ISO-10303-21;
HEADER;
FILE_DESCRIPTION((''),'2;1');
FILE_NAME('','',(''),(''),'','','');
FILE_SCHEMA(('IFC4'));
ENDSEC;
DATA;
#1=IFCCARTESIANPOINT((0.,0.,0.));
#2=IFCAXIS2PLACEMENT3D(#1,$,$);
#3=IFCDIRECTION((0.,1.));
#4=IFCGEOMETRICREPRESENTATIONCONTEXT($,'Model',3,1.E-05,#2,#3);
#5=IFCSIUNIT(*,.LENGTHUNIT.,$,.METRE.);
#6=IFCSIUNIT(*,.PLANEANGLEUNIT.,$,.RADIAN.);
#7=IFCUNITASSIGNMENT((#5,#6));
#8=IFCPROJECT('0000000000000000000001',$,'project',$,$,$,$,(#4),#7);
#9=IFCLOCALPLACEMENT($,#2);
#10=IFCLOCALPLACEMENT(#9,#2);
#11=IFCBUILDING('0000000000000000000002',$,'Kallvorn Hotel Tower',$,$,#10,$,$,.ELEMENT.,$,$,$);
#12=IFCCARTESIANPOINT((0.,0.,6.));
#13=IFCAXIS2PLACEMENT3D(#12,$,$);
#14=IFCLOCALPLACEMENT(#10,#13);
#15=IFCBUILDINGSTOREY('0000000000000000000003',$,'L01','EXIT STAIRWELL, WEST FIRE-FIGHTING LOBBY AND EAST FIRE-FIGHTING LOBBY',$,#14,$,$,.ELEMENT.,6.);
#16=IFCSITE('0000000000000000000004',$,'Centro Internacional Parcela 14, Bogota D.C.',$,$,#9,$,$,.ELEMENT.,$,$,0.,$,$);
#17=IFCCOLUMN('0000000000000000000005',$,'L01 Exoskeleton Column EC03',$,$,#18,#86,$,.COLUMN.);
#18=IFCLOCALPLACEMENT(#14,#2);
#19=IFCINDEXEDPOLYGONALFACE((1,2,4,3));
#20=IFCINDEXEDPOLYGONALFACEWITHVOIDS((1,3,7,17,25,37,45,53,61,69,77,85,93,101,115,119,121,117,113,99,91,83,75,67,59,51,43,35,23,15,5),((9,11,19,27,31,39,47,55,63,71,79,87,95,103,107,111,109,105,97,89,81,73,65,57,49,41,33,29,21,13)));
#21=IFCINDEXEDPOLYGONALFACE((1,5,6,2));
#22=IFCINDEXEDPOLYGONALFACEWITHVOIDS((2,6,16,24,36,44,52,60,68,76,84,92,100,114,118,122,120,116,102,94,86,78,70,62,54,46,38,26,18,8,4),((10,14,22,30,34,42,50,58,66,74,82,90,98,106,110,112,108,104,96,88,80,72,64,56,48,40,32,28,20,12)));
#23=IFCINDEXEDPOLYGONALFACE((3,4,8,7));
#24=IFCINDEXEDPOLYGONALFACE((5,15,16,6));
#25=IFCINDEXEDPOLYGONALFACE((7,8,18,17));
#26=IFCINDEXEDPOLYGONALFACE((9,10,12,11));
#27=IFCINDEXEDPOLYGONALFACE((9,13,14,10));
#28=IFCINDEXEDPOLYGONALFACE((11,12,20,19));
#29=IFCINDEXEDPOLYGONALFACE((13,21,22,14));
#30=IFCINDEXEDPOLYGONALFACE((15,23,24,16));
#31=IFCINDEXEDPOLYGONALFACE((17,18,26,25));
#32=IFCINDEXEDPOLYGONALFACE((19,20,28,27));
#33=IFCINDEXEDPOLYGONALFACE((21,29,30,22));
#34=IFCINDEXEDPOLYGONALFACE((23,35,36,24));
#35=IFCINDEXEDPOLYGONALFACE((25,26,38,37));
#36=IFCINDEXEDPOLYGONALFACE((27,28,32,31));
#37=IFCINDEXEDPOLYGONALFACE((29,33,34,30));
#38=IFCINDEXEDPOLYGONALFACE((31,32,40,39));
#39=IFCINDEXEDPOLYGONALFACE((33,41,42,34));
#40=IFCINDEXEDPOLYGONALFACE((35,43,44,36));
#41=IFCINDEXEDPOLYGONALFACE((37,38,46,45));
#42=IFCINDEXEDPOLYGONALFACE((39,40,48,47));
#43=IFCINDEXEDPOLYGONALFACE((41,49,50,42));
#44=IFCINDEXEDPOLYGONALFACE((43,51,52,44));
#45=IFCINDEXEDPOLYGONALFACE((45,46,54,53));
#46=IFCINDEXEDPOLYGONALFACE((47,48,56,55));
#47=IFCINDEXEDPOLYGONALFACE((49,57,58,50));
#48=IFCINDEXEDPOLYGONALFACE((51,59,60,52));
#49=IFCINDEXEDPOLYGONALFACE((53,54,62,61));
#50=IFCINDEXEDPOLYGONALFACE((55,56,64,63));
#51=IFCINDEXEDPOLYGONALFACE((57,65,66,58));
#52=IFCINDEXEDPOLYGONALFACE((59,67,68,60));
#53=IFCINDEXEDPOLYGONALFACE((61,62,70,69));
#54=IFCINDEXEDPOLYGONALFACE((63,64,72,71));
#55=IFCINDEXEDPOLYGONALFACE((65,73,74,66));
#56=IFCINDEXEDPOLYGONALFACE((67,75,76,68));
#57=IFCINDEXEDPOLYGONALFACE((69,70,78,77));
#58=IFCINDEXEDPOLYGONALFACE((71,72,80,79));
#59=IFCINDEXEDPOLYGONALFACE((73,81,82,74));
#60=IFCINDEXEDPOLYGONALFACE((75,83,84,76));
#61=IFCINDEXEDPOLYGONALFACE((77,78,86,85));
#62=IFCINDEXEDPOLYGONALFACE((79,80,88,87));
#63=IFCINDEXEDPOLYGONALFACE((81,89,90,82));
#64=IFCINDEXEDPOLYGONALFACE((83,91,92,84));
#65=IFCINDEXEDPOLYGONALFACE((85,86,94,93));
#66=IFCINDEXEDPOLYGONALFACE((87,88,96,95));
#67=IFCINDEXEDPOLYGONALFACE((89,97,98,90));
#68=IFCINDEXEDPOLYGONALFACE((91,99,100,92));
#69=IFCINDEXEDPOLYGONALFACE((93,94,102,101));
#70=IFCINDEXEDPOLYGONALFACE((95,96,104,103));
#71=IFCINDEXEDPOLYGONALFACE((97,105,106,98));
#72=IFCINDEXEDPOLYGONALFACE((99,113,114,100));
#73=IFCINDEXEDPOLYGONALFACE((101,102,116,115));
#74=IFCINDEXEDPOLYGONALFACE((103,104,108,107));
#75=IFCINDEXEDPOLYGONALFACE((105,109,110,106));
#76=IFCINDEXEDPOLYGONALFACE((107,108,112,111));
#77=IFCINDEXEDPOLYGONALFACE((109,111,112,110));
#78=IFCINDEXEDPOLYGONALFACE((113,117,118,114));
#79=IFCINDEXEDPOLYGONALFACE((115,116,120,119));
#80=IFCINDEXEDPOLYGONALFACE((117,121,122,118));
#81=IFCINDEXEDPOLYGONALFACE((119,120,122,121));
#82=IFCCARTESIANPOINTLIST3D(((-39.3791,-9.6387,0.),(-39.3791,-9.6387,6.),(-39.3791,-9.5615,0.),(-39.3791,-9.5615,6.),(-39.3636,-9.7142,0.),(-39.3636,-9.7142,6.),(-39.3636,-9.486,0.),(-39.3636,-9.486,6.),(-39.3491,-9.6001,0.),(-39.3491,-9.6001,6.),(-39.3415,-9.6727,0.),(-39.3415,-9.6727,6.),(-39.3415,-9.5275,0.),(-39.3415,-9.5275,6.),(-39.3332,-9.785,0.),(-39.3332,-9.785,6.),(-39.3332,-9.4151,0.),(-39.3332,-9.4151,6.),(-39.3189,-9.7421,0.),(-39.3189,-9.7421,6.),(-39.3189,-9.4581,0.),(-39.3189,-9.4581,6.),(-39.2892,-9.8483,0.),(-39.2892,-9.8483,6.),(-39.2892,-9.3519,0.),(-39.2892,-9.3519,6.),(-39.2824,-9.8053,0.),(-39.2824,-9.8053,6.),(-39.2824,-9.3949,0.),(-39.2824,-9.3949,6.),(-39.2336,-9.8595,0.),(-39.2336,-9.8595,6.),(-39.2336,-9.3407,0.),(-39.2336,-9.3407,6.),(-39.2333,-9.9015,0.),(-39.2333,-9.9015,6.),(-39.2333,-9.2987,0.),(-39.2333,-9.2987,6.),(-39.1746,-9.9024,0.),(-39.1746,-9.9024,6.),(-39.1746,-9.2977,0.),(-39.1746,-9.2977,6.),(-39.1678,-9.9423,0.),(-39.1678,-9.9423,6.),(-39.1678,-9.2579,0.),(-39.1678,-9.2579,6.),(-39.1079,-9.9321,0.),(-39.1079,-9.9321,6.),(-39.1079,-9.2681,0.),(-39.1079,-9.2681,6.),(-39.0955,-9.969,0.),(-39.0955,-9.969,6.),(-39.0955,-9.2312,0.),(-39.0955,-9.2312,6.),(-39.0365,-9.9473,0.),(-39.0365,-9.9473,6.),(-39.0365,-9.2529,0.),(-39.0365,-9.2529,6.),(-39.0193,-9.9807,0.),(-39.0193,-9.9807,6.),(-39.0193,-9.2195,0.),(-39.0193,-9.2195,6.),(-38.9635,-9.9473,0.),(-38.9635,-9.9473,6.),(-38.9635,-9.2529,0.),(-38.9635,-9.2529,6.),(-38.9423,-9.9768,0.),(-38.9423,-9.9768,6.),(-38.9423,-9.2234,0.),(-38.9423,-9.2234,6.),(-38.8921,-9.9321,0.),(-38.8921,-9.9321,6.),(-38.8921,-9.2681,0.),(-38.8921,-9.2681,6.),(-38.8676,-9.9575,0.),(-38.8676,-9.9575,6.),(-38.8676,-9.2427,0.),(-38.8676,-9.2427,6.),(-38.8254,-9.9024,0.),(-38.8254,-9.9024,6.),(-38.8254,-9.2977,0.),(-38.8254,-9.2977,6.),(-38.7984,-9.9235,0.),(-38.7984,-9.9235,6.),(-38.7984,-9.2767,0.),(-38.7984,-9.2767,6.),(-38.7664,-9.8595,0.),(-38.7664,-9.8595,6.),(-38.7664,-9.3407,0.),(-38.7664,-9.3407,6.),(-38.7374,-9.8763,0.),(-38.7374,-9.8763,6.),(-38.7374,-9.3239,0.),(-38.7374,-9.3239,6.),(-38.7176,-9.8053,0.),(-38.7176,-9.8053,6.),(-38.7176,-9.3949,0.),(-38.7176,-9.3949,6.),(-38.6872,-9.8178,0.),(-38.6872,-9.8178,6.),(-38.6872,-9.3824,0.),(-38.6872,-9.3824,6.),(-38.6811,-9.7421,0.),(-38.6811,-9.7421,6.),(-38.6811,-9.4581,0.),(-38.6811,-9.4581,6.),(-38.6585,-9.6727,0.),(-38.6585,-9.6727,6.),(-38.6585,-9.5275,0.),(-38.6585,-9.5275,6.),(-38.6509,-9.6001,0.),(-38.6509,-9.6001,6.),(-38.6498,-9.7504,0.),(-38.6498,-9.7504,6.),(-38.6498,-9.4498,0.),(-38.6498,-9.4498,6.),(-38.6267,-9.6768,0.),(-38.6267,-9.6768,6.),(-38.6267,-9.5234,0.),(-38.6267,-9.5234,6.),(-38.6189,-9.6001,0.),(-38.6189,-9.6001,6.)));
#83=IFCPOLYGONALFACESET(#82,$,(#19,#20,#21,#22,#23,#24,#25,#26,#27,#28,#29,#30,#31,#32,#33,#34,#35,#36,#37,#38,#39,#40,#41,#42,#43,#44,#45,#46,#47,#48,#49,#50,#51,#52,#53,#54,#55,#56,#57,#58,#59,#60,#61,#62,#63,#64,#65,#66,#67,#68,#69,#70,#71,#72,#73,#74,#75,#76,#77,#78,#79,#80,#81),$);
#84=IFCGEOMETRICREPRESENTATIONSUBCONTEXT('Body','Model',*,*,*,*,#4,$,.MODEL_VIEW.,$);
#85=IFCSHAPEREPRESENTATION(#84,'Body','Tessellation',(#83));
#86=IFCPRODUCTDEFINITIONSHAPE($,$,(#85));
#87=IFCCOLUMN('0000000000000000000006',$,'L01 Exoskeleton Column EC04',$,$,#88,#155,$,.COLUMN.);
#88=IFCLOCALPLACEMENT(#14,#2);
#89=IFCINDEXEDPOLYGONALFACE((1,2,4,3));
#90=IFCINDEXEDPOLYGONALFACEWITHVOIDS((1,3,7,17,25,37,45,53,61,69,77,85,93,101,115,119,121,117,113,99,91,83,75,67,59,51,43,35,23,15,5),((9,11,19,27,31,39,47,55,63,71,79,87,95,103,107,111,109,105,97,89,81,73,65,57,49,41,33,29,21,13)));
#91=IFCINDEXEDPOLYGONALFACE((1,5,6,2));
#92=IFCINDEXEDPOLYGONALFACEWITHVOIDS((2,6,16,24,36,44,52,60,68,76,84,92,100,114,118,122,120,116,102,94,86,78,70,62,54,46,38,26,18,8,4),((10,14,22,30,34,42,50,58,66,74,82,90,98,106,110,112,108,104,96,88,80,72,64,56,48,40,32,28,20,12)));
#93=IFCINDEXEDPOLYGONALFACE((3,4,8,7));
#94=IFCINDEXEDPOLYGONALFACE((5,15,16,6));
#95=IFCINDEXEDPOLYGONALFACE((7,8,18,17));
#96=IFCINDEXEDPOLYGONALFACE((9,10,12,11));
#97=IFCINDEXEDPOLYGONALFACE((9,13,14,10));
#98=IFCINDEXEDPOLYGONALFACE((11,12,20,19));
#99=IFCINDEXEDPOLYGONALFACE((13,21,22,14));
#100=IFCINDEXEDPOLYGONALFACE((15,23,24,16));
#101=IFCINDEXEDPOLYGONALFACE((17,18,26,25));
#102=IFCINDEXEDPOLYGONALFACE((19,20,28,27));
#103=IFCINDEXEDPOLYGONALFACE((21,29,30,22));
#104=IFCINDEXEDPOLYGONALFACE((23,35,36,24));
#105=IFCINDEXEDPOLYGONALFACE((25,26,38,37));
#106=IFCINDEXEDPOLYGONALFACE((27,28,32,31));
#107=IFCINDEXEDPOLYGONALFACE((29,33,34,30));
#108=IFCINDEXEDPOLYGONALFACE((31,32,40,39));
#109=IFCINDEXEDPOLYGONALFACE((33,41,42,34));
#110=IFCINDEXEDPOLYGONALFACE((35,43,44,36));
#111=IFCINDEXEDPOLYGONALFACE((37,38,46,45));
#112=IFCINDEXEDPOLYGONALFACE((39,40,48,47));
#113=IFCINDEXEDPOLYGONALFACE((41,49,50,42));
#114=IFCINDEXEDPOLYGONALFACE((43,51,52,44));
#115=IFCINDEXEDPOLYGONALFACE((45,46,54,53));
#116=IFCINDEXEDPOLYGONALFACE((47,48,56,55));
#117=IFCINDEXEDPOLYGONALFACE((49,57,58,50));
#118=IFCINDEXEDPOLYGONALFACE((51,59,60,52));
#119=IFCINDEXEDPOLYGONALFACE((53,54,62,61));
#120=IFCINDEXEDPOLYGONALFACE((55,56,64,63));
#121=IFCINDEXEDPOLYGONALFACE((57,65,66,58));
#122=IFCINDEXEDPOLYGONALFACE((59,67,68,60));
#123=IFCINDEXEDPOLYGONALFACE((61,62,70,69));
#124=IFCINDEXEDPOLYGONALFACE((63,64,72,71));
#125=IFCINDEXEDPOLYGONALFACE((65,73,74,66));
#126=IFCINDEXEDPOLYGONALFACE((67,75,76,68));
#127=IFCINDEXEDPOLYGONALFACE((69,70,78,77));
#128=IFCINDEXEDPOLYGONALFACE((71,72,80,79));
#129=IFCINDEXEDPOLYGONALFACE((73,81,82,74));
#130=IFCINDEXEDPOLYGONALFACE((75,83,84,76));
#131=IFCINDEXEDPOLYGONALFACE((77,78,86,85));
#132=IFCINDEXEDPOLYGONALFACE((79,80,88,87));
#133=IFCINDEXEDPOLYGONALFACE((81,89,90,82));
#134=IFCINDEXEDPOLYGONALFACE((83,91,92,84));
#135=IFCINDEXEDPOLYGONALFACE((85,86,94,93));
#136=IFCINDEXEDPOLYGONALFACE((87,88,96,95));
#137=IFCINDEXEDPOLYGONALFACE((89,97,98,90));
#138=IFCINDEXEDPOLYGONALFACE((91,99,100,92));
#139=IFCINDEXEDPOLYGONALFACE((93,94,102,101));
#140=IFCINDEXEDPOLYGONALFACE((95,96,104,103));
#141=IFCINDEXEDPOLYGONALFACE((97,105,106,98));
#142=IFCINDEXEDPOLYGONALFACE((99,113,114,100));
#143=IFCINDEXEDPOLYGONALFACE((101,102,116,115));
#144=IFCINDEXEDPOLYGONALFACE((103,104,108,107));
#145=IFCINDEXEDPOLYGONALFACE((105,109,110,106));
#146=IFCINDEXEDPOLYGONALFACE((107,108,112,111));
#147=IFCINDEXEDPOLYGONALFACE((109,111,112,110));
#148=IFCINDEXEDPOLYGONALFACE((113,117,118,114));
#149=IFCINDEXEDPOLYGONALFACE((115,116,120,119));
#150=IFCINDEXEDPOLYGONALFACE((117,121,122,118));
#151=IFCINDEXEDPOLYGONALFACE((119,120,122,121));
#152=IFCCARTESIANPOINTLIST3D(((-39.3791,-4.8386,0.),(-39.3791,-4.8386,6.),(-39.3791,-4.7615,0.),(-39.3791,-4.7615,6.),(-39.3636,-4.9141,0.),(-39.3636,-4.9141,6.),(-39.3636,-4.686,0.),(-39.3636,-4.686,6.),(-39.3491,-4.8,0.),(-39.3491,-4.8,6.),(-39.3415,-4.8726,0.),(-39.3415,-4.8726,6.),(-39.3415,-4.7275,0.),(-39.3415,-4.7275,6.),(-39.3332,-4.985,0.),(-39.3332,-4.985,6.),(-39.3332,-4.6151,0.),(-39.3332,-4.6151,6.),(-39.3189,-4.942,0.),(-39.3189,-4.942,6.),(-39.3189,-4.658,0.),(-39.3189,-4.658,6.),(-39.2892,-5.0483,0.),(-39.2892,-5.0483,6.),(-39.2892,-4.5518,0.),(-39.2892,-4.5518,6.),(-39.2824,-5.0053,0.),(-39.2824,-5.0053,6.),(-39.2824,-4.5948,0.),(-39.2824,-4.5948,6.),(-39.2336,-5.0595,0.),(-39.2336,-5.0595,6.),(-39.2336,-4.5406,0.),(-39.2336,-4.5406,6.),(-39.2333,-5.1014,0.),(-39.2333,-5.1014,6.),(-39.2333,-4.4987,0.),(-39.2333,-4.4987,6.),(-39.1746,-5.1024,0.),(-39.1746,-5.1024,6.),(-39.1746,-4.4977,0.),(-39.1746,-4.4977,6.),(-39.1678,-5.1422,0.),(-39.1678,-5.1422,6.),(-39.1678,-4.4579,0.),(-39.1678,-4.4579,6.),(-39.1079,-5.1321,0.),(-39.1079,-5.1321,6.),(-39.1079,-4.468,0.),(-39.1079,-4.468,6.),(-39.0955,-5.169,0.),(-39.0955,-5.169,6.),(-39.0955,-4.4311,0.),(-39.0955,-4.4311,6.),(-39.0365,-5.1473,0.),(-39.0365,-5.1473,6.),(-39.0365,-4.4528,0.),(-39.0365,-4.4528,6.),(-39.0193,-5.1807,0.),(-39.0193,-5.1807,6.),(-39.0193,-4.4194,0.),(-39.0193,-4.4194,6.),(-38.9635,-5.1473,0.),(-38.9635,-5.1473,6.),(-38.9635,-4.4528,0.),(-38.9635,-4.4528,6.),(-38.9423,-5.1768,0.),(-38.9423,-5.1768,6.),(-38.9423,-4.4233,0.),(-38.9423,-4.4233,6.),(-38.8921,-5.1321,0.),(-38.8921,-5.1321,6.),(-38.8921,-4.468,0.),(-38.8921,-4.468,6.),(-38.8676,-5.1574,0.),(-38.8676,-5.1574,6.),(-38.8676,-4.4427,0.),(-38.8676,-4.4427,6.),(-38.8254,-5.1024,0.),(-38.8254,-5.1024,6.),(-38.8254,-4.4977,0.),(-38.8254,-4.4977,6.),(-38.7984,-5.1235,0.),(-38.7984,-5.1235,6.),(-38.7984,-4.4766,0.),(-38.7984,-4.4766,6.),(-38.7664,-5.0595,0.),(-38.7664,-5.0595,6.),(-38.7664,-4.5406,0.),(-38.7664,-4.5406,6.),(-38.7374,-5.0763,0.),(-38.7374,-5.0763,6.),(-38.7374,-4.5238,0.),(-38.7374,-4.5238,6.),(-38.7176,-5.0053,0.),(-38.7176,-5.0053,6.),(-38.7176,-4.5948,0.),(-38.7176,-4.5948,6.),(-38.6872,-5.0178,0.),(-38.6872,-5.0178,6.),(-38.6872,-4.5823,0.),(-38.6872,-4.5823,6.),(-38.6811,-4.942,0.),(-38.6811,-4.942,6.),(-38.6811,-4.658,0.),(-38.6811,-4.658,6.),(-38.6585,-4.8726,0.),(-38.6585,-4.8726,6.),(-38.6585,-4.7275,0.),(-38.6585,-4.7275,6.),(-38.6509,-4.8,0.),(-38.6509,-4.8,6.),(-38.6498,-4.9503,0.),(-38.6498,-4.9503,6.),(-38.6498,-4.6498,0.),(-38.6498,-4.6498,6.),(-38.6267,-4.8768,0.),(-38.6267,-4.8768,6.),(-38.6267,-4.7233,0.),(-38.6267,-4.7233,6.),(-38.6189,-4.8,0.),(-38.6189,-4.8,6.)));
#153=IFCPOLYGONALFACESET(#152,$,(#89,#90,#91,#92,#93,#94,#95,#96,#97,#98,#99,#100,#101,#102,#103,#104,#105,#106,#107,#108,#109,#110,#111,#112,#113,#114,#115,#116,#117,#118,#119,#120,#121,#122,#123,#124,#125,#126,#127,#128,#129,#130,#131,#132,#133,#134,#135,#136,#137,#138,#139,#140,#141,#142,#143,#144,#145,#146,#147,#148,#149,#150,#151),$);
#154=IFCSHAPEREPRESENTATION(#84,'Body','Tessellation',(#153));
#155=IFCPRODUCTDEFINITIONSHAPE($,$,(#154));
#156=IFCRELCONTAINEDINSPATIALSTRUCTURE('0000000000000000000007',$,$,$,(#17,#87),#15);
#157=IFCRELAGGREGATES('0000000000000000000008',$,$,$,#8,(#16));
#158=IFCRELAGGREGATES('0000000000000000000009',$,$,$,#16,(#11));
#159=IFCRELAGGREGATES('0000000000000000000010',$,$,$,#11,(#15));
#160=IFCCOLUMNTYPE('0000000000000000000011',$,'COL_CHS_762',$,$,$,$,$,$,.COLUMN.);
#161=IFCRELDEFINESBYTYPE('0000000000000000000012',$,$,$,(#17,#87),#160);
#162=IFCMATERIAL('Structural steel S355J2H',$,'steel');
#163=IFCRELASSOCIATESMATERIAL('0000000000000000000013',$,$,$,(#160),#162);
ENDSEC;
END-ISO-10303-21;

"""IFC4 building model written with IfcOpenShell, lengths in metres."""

from ifc_helpers import new_model, si_unit, direction, frame, origin, origin_2d, place, context, subcontext, project, spatial, hollow_circle, extrude, material, material_profile, profile_set, type_object, element, save


model = new_model("IFC4")

# Units and contexts
model_context = context("Model", 3, precision=1e-05, world=origin(), true_north=direction((0.0, 1.0)))
body_context = subcontext(model_context, "Body", "Model", "MODEL_VIEW")
ifc_project = project(units=[si_unit("LENGTHUNIT", "METRE"), si_unit("PLANEANGLEUNIT", "RADIAN")], contexts=[model_context])

# Site, building, storey
site_placement = place(None, origin())
site = spatial("IfcSite", under=ifc_project, at=site_placement, Name="Centro Internacional Parcela 14, Bogota D.C.", CompositionType="ELEMENT", RefElevation=0.0)
building_placement = place(site_placement, origin())
building = spatial("IfcBuilding", under=site, at=building_placement, Name="Kallvorn Hotel Tower", CompositionType="ELEMENT")
storey_placement = place(building_placement, frame((0.0, 0.0, 6.0)))
storey = spatial("IfcBuildingStorey", under=building, at=storey_placement, Name="L01", Description="EXIT STAIRWELL, WEST FIRE-FIGHTING LOBBY AND EAST FIRE-FIGHTING LOBBY", CompositionType="ELEMENT", Elevation=6.0)

# Columns
ifc_material_1 = material(Name="Structural steel S355J2H", Category="steel")
ifc_material_profile_1 = material_profile(ifc_material_1, hollow_circle(Radius=0.3811, WallThickness=0.032, at=origin_2d()), Name="CHS 762x32")
ifc_profile_set_1 = profile_set([ifc_material_profile_1], Name="Structural steel S355J2H")
column_type = type_object("IfcColumnType", Name="COL_CHS_762", PredefinedType="COLUMN", material=ifc_profile_set_1)
for number, where, z_axis, x_axis, name in (
    (1, (-39.0, -9.6001, 0.0), (0.0, 0.0, 1.0), (1.0, 0.0, 0.0), "L01 Exoskeleton Column EC03"),
    (2, (-39.0, -4.8, 0.0), (0.0, 0.0, 1.0), (1.0, 0.0, 0.0), "L01 Exoskeleton Column EC04"),
):
    element("IfcColumn", number, at=place(storey_placement, frame(where, z_axis=z_axis, x_axis=x_axis)), inside=storey, type_object=column_type, Name=name, PredefinedType="COLUMN", context=body_context, shape_type="SweptSolid", body=[
        extrude(hollow_circle(Radius=0.3811, WallThickness=0.032, at=origin_2d()), origin(), (0.0, 0.0, 1.0), 6.0),
    ])

save(model, "model.ifc")
